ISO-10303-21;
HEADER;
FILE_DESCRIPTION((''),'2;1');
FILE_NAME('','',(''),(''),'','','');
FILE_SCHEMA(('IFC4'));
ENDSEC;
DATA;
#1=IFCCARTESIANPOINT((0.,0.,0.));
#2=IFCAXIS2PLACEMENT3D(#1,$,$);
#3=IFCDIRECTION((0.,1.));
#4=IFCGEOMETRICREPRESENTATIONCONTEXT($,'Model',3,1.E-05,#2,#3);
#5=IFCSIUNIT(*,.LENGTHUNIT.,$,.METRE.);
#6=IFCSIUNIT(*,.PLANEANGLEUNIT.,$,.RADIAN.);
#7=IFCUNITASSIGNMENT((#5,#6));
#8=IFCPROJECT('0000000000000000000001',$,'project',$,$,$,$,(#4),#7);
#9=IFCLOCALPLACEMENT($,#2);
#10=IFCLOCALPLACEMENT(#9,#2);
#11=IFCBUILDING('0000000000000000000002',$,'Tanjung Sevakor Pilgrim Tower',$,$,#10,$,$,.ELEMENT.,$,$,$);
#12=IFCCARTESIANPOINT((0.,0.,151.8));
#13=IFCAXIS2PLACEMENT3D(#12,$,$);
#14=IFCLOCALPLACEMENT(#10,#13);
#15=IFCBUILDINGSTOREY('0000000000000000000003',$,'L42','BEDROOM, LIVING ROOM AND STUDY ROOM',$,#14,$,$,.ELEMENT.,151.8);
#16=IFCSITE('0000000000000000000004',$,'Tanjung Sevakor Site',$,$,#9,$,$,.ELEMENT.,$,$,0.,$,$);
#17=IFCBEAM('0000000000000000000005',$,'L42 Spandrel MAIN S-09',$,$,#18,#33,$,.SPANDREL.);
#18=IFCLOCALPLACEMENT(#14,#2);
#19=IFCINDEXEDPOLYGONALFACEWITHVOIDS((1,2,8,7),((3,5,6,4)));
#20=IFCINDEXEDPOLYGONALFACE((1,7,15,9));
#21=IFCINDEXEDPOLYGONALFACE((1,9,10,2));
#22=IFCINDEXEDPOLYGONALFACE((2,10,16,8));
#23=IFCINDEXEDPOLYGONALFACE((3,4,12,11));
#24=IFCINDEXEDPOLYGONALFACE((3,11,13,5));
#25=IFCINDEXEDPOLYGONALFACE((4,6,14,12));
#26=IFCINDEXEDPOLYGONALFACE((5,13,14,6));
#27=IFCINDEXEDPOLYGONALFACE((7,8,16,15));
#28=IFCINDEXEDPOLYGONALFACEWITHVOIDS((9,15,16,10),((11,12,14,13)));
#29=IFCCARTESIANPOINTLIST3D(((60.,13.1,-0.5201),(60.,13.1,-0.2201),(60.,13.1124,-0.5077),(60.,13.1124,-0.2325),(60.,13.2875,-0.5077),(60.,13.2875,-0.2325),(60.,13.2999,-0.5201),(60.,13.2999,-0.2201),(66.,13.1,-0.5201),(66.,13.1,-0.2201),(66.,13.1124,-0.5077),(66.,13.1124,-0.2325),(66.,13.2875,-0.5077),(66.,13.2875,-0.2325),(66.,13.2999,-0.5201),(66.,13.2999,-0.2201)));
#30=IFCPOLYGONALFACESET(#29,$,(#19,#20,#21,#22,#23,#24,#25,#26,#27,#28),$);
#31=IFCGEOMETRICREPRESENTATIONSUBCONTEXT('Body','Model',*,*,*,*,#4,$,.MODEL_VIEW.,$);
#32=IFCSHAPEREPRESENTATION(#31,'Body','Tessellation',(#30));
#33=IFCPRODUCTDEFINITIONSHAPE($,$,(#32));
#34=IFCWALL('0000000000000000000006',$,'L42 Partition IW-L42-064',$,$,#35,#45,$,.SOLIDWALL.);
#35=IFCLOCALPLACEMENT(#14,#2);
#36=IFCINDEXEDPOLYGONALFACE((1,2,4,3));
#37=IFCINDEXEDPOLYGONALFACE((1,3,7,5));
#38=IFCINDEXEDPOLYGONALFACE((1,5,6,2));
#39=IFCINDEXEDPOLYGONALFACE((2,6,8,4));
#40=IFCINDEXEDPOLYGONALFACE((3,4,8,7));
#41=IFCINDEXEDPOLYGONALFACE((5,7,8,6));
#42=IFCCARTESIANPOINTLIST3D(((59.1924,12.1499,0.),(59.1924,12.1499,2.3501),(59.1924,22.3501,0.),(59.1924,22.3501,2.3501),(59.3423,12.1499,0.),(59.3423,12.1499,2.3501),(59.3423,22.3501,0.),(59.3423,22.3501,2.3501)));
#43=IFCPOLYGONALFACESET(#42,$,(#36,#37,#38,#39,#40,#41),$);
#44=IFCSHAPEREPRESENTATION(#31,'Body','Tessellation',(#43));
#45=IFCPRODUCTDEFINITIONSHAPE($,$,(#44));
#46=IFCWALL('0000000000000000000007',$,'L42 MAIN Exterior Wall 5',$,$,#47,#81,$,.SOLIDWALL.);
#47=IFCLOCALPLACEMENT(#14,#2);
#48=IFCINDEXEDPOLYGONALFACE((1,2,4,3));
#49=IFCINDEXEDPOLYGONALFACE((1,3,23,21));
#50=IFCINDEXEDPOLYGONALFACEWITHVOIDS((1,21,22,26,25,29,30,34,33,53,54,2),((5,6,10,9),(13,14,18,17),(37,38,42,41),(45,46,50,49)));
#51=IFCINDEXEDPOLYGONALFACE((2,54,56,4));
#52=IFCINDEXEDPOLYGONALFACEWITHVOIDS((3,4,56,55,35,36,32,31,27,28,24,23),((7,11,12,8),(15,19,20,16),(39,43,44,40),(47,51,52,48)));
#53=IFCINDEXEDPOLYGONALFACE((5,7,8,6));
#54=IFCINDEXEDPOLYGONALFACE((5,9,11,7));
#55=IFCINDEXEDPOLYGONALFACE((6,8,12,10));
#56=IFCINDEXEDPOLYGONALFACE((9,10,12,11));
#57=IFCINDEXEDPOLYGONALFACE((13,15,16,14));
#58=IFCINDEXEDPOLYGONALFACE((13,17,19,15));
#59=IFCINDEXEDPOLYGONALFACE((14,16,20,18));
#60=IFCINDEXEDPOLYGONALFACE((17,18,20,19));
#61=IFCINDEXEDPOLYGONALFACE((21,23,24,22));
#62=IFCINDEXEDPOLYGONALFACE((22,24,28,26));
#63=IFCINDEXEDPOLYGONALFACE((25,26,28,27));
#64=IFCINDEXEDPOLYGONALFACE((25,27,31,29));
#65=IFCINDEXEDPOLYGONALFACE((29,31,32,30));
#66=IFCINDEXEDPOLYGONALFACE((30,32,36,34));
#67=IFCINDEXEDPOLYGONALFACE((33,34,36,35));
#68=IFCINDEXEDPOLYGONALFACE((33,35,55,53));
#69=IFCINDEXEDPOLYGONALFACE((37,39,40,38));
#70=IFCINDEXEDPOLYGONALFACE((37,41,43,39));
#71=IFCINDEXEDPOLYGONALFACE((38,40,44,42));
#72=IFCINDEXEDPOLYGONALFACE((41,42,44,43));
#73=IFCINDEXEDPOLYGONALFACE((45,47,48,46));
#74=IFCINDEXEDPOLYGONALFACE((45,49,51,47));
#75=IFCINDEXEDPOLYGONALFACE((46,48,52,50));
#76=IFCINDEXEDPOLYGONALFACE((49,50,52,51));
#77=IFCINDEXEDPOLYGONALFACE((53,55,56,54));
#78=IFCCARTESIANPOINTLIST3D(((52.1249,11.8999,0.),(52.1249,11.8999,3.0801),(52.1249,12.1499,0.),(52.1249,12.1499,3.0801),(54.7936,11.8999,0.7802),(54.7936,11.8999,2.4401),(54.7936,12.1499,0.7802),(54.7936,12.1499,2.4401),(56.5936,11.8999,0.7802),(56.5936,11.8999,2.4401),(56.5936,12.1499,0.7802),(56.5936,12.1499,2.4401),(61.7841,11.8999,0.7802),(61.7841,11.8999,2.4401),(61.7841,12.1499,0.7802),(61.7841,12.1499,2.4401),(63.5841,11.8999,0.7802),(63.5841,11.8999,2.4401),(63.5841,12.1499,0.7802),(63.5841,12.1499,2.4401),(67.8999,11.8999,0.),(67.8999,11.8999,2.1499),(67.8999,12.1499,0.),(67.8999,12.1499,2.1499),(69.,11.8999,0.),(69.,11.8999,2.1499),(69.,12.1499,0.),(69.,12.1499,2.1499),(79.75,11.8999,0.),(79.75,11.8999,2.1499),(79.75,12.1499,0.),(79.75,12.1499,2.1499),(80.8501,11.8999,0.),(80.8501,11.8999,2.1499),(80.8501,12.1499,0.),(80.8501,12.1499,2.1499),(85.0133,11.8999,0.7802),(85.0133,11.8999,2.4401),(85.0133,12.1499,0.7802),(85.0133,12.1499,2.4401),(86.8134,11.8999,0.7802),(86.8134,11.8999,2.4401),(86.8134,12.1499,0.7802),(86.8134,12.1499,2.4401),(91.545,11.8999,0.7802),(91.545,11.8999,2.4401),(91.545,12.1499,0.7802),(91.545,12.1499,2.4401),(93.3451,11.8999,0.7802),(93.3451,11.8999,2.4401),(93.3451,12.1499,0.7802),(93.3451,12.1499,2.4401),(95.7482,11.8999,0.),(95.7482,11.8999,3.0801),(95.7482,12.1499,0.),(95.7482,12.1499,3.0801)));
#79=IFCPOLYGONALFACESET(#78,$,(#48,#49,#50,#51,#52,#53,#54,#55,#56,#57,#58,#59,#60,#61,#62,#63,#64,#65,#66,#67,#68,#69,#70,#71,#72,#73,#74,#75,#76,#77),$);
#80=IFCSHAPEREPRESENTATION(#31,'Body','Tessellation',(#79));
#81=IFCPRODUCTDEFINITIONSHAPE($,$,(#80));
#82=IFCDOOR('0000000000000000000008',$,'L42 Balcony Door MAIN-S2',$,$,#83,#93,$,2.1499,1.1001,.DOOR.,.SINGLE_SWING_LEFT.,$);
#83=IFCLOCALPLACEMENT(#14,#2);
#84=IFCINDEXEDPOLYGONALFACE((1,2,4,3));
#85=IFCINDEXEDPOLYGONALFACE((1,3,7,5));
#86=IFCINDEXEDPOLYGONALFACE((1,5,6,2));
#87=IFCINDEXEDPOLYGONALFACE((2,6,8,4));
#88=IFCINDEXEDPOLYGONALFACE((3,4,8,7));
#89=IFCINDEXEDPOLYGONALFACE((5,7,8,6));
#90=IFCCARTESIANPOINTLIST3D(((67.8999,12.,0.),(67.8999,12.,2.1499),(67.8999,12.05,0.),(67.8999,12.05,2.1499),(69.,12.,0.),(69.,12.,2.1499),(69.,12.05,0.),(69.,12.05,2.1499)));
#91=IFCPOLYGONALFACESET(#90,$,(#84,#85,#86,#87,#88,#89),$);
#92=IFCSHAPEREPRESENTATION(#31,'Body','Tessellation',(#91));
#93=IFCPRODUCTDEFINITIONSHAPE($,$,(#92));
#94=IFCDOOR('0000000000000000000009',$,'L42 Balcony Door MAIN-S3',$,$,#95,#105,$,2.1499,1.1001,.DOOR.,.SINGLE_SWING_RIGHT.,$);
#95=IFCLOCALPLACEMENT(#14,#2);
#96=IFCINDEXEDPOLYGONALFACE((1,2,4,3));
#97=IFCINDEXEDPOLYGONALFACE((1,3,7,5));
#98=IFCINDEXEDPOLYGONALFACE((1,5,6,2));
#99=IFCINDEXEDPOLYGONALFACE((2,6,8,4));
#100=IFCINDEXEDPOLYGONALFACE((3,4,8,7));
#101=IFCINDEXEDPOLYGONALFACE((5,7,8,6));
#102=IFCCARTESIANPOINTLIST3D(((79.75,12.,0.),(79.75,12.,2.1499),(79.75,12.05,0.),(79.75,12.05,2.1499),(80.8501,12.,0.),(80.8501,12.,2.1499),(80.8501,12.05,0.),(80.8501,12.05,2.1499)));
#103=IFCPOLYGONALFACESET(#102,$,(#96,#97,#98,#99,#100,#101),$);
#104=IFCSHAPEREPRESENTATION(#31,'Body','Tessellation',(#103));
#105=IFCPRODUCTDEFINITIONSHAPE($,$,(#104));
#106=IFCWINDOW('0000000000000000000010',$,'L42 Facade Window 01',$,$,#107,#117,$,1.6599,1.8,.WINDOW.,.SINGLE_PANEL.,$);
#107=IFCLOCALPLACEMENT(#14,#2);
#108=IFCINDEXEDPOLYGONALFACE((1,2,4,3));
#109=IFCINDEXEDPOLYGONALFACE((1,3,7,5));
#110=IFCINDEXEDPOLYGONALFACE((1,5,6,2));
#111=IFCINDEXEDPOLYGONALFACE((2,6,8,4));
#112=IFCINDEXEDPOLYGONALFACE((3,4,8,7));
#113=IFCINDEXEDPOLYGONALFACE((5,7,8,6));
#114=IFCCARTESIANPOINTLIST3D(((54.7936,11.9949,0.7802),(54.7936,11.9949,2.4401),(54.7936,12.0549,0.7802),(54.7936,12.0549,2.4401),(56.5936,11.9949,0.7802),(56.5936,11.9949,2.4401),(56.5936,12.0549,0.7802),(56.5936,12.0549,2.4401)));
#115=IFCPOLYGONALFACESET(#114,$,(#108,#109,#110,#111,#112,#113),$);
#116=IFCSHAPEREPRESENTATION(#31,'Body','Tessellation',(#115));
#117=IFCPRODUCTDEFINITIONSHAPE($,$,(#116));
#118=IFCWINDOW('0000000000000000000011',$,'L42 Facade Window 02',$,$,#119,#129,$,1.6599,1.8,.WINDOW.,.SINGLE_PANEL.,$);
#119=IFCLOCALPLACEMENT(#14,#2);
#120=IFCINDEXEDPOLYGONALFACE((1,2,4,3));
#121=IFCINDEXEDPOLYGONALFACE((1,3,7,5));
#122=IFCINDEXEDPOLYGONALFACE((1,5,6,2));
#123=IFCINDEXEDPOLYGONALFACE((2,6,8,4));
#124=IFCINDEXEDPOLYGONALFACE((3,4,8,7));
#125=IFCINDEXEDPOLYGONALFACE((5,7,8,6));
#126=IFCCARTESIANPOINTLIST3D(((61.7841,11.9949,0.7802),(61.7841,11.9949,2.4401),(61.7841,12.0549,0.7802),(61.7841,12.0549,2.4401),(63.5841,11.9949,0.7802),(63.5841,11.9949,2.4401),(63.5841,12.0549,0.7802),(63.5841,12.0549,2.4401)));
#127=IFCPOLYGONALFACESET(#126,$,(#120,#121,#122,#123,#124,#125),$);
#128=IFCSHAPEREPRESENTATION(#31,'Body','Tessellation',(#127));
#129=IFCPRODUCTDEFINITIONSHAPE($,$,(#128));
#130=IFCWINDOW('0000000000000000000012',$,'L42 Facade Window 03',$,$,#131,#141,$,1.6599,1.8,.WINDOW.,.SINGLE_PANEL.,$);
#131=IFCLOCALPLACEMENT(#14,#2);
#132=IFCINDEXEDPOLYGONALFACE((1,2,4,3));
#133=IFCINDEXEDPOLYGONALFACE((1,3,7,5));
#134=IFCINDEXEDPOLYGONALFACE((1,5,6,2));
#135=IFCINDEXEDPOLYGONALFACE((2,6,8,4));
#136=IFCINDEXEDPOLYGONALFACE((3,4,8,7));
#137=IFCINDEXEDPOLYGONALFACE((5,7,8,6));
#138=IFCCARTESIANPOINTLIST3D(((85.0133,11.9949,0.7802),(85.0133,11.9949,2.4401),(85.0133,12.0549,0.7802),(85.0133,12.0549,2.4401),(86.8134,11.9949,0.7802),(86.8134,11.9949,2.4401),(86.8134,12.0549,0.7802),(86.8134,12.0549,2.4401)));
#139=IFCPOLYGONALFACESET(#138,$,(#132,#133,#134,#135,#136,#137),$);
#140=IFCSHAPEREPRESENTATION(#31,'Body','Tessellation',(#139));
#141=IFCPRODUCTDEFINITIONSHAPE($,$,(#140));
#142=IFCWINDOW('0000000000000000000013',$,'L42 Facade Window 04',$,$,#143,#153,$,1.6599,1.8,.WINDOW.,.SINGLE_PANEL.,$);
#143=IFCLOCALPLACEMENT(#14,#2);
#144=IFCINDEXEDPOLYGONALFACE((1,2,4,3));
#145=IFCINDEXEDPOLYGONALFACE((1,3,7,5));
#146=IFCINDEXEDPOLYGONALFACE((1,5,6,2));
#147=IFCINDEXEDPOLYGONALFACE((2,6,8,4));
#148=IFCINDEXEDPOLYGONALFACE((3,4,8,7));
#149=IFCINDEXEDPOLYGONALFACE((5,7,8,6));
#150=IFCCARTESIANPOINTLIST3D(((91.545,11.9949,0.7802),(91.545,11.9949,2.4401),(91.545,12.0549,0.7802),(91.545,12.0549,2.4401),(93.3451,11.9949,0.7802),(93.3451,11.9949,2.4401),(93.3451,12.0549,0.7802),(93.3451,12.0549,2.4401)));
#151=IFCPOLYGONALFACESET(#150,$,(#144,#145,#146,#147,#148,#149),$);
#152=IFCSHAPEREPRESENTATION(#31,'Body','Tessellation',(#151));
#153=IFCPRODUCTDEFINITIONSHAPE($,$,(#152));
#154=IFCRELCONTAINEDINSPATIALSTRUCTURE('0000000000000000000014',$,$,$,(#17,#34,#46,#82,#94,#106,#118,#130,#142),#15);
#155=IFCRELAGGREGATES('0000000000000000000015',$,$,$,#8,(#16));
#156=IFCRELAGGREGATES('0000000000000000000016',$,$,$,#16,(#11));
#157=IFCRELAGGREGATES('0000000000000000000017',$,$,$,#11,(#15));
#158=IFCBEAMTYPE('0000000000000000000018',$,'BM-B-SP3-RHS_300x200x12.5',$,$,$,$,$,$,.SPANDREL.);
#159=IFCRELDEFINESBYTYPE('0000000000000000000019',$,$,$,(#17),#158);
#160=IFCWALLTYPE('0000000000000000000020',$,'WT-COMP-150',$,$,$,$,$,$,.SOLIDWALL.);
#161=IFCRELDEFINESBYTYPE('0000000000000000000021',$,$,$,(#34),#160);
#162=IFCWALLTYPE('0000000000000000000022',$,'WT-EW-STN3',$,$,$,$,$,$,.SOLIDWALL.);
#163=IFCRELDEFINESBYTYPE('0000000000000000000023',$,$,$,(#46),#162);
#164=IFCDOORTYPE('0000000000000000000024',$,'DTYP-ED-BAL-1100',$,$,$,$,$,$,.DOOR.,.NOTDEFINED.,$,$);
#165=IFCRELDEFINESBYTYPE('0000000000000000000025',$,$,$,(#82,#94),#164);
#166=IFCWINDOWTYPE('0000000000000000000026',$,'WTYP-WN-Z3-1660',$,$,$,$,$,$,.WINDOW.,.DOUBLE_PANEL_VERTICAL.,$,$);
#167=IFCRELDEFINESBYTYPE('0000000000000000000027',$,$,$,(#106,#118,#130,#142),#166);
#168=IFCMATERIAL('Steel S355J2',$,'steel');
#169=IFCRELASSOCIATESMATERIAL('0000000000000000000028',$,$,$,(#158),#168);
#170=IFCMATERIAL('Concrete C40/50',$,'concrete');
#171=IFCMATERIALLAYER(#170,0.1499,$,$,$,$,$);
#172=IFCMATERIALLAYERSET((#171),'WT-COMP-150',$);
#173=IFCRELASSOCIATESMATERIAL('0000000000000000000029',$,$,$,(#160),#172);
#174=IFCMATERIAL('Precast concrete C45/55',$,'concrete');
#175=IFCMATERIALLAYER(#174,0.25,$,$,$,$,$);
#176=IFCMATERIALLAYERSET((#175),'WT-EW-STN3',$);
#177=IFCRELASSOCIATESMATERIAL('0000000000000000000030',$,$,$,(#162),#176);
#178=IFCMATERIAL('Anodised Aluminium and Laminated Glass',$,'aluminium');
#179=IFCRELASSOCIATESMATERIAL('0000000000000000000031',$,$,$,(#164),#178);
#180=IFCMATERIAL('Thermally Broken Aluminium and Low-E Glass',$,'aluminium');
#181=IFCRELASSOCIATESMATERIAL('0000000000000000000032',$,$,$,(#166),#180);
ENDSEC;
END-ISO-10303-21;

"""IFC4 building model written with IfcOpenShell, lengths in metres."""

from ifc_helpers import new_model, si_unit, direction, frame, frame_2d, origin, origin_2d, place, context, subcontext, project, spatial, rectangle, hollow_rectangle, extrude, material, layer, layer_set, material_profile, profile_set, type_object, element, fill, save


model = new_model("IFC4")

# Units and contexts
model_context = context("Model", 3, precision=1e-05, world=origin(), true_north=direction((0.0, 1.0)))
body_context = subcontext(model_context, "Body", "Model", "MODEL_VIEW")
ifc_project = project(units=[si_unit("LENGTHUNIT", "METRE"), si_unit("PLANEANGLEUNIT", "RADIAN")], contexts=[model_context])

# Site, building, storey
site_placement = place(None, origin())
site = spatial("IfcSite", under=ifc_project, at=site_placement, Name="Tanjung Sevakor Site", CompositionType="ELEMENT", RefElevation=0.0)
building_placement = place(site_placement, origin())
building = spatial("IfcBuilding", under=site, at=building_placement, Name="Tanjung Sevakor Pilgrim Tower", CompositionType="ELEMENT")
storey_placement = place(building_placement, frame((0.0, 0.0, 151.8)))
storey = spatial("IfcBuildingStorey", under=building, at=storey_placement, Name="L42", Description="BEDROOM, LIVING ROOM AND STUDY ROOM", CompositionType="ELEMENT", Elevation=151.8)

# Beam
ifc_material_1 = material(Name="Steel S355J2", Category="steel")
ifc_material_profile_1 = material_profile(ifc_material_1, hollow_rectangle(XDim=0.2, YDim=0.3, WallThickness=0.0125, at=origin_2d()))
ifc_profile_set_1 = profile_set([ifc_material_profile_1], Name="Steel S355J2")
beam_type_1 = type_object("IfcBeamType", Name="BM-B-SP3-RHS_300x200x12.5", PredefinedType="SPANDREL", material=ifc_profile_set_1)
for number, where, z_axis, x_axis, name in (
    (1, (60.0, 13.2, -0.3701), (1.0, 0.0, 0.0), (0.0, 1.0, 0.0), "L42 Spandrel MAIN S-09"),
):
    element("IfcBeam", number, at=place(storey_placement, frame(where, z_axis=z_axis, x_axis=x_axis)), inside=storey, type_object=beam_type_1, Name=name, PredefinedType="SPANDREL", context=body_context, shape_type="SweptSolid", body=[
        extrude(hollow_rectangle(XDim=0.2, YDim=0.3, WallThickness=0.0125, at=origin_2d()), origin(), (0.0, 0.0, 1.0), 6.0),
    ])

# Wall
ifc_material_2 = material(Name="Concrete C40/50", Category="concrete")
ifc_layer_1 = layer(ifc_material_2, 0.1499)
ifc_layer_set_1 = layer_set([ifc_layer_1], Name="WT-COMP-150")
wall_type_1 = type_object("IfcWallType", Name="WT-COMP-150", PredefinedType="SOLIDWALL", material=ifc_layer_set_1)
wall_1_placement = place(storey_placement, frame((59.2673, 12.1499, 0.0), z_axis=(0.0, 0.0, 1.0), x_axis=(0.0, 1.0, 0.0)))
element("IfcWall", 2, at=wall_1_placement, inside=storey, type_object=wall_type_1, Name="L42 Partition IW-L42-064", PredefinedType="SOLIDWALL", context=body_context, shape_type="SweptSolid", body=[
    extrude(rectangle(XDim=10.2002, YDim=0.1499, at=frame_2d((5.1001, 0.0))), origin(), (0.0, 0.0, 1.0), 2.3501),
])

# Wall, openings, doors, windows
ifc_material_3 = material(Name="Precast concrete C45/55", Category="concrete")
ifc_layer_2 = layer(ifc_material_3, 0.25)
ifc_layer_set_2 = layer_set([ifc_layer_2], Name="WT-EW-STN3")
wall_type_2 = type_object("IfcWallType", Name="WT-EW-STN3", PredefinedType="SOLIDWALL", material=ifc_layer_set_2)
wall_2_placement = place(storey_placement, frame((52.125, 12.0249, 0.0), z_axis=(0.0, 0.0, 1.0), x_axis=(1.0, 0.0, 0.0)))
wall_2 = element("IfcWall", 3, at=wall_2_placement, inside=storey, type_object=wall_type_2, Name="L42 MAIN Exterior Wall 5", PredefinedType="SOLIDWALL", context=body_context, shape_type="SweptSolid", body=[
    extrude(rectangle(XDim=43.6233, YDim=0.25, at=frame_2d((21.8115, 0.0))), origin(), (0.0, 0.0, 1.0), 3.0801),
])
opening_1_placement = place(wall_2_placement, frame((15.7749, 0.0, 0.0)))
opening_1 = element("IfcOpeningElement", 4, at=opening_1_placement, cuts=wall_2, PredefinedType="OPENING", context=body_context, shape_type="SweptSolid", body=[
    extrude(rectangle(XDim=1.1001, YDim=2.1499, at=frame_2d((0.55, 1.075))), frame((0.0, 0.135, 0.0), z_axis=(0.0, -1.0, 0.0), x_axis=(1.0, 0.0, 0.0)), (0.0, 0.0, 1.0), 0.27),
])
opening_2_placement = place(wall_2_placement, frame((27.625, 0.0, 0.0)))
opening_2 = element("IfcOpeningElement", 5, at=opening_2_placement, cuts=wall_2, PredefinedType="OPENING", context=body_context, shape_type="SweptSolid", body=[
    extrude(rectangle(XDim=1.1001, YDim=2.1499, at=frame_2d((0.55, 1.075))), frame((0.0, 0.135, 0.0), z_axis=(0.0, -1.0, 0.0), x_axis=(1.0, 0.0, 0.0)), (0.0, 0.0, 1.0), 0.27),
])
opening_3_placement = place(wall_2_placement, frame((2.6687, 0.0, 0.78)))
opening_3 = element("IfcOpeningElement", 6, at=opening_3_placement, cuts=wall_2, PredefinedType="OPENING", context=body_context, shape_type="SweptSolid", body=[
    extrude(rectangle(XDim=1.8, YDim=1.6599, at=frame_2d((0.8999, 0.8301))), frame((0.0, 0.135, 0.0), z_axis=(0.0, -1.0, 0.0), x_axis=(1.0, 0.0, 0.0)), (0.0, 0.0, 1.0), 0.27),
])
opening_4_placement = place(wall_2_placement, frame((9.6592, 0.0, 0.78)))
opening_4 = element("IfcOpeningElement", 7, at=opening_4_placement, cuts=wall_2, PredefinedType="OPENING", context=body_context, shape_type="SweptSolid", body=[
    extrude(rectangle(XDim=1.8, YDim=1.6599, at=frame_2d((0.8999, 0.8301))), frame((0.0, 0.135, 0.0), z_axis=(0.0, -1.0, 0.0), x_axis=(1.0, 0.0, 0.0)), (0.0, 0.0, 1.0), 0.27),
])
opening_5_placement = place(wall_2_placement, frame((32.8884, 0.0, 0.78)))
opening_5 = element("IfcOpeningElement", 8, at=opening_5_placement, cuts=wall_2, PredefinedType="OPENING", context=body_context, shape_type="SweptSolid", body=[
    extrude(rectangle(XDim=1.8, YDim=1.6599, at=frame_2d((0.8999, 0.8301))), frame((0.0, 0.135, 0.0), z_axis=(0.0, -1.0, 0.0), x_axis=(1.0, 0.0, 0.0)), (0.0, 0.0, 1.0), 0.27),
])
opening_6_placement = place(wall_2_placement, frame((39.4202, 0.0, 0.78)))
opening_6 = element("IfcOpeningElement", 9, at=opening_6_placement, cuts=wall_2, PredefinedType="OPENING", context=body_context, shape_type="SweptSolid", body=[
    extrude(rectangle(XDim=1.8, YDim=1.6599, at=frame_2d((0.8999, 0.8301))), frame((0.0, 0.135, 0.0), z_axis=(0.0, -1.0, 0.0), x_axis=(1.0, 0.0, 0.0)), (0.0, 0.0, 1.0), 0.27),
])
ifc_material_4 = material(Name="Anodised Aluminium and Laminated Glass", Category="aluminium")
door_type = type_object("IfcDoorType", Name="DTYP-ED-BAL-1100", OperationType="NOTDEFINED", PredefinedType="DOOR", material=ifc_material_4)
door_1_placement = place(opening_1_placement, frame((1.1001, 0.0, 0.0), z_axis=(0.0, 0.0, 1.0), x_axis=(-1.0, 0.0, 0.0)))
door_1 = element("IfcDoor", 10, at=door_1_placement, inside=storey, type_object=door_type, Name="L42 Balcony Door MAIN-S2", OperationType="SINGLE_SWING_LEFT", OverallHeight=2.1499, OverallWidth=1.1001, PredefinedType="DOOR", context=body_context, shape_type="SweptSolid", body=[
    extrude(rectangle(XDim=1.1001, YDim=2.1499, at=frame_2d((0.55, 1.075))), frame((0.0, 0.0249, 0.0), z_axis=(0.0, -1.0, 0.0), x_axis=(1.0, 0.0, 0.0)), (0.0, 0.0, 1.0), 0.05),
])
fill(opening_1, door_1)
door_2_placement = place(opening_2_placement, frame((1.1001, 0.0, 0.0), z_axis=(0.0, 0.0, 1.0), x_axis=(-1.0, 0.0, 0.0)))
door_2 = element("IfcDoor", 11, at=door_2_placement, inside=storey, type_object=door_type, Name="L42 Balcony Door MAIN-S3", OperationType="SINGLE_SWING_RIGHT", OverallHeight=2.1499, OverallWidth=1.1001, PredefinedType="DOOR", context=body_context, shape_type="SweptSolid", body=[
    extrude(rectangle(XDim=1.1001, YDim=2.1499, at=frame_2d((0.55, 1.075))), frame((0.0, 0.0249, 0.0), z_axis=(0.0, -1.0, 0.0), x_axis=(1.0, 0.0, 0.0)), (0.0, 0.0, 1.0), 0.05),
])
fill(opening_2, door_2)
ifc_material_5 = material(Name="Thermally Broken Aluminium and Low-E Glass", Category="aluminium")
window_type = type_object("IfcWindowType", Name="WTYP-WN-Z3-1660", PartitioningType="DOUBLE_PANEL_VERTICAL", PredefinedType="WINDOW", material=ifc_material_5)
window_1_placement = place(opening_3_placement, origin())
window_1 = element("IfcWindow", 12, at=window_1_placement, inside=storey, type_object=window_type, Name="L42 Facade Window 01", OverallHeight=1.6599, OverallWidth=1.8, PartitioningType="SINGLE_PANEL", PredefinedType="WINDOW", context=body_context, shape_type="SweptSolid", body=[
    extrude(rectangle(XDim=1.8, YDim=1.6599, at=frame_2d((0.8999, 0.8301))), frame((0.0, 0.03, 0.0), z_axis=(0.0, -1.0, 0.0), x_axis=(1.0, 0.0, 0.0)), (0.0, 0.0, 1.0), 0.0601),
])
fill(opening_3, window_1)
window_2_placement = place(opening_4_placement, origin())
window_2 = element("IfcWindow", 13, at=window_2_placement, inside=storey, type_object=window_type, Name="L42 Facade Window 02", OverallHeight=1.6599, OverallWidth=1.8, PartitioningType="SINGLE_PANEL", PredefinedType="WINDOW", context=body_context, shape_type="SweptSolid", body=[
    extrude(rectangle(XDim=1.8, YDim=1.6599, at=frame_2d((0.8999, 0.8301))), frame((0.0, 0.03, 0.0), z_axis=(0.0, -1.0, 0.0), x_axis=(1.0, 0.0, 0.0)), (0.0, 0.0, 1.0), 0.0601),
])
fill(opening_4, window_2)
window_3_placement = place(opening_5_placement, origin())
window_3 = element("IfcWindow", 14, at=window_3_placement, inside=storey, type_object=window_type, Name="L42 Facade Window 03", OverallHeight=1.6599, OverallWidth=1.8, PartitioningType="SINGLE_PANEL", PredefinedType="WINDOW", context=body_context, shape_type="SweptSolid", body=[
    extrude(rectangle(XDim=1.8, YDim=1.6599, at=frame_2d((0.8999, 0.8301))), frame((0.0, 0.03, 0.0), z_axis=(0.0, -1.0, 0.0), x_axis=(1.0, 0.0, 0.0)), (0.0, 0.0, 1.0), 0.0601),
])
fill(opening_5, window_3)
window_4_placement = place(opening_6_placement, origin())
window_4 = element("IfcWindow", 15, at=window_4_placement, inside=storey, type_object=window_type, Name="L42 Facade Window 04", OverallHeight=1.6599, OverallWidth=1.8, PartitioningType="SINGLE_PANEL", PredefinedType="WINDOW", context=body_context, shape_type="SweptSolid", body=[
    extrude(rectangle(XDim=1.8, YDim=1.6599, at=frame_2d((0.8999, 0.8301))), frame((0.0, 0.03, 0.0), z_axis=(0.0, -1.0, 0.0), x_axis=(1.0, 0.0, 0.0)), (0.0, 0.0, 1.0), 0.0601),
])
fill(opening_6, window_4)

save(model, "model.ifc")
